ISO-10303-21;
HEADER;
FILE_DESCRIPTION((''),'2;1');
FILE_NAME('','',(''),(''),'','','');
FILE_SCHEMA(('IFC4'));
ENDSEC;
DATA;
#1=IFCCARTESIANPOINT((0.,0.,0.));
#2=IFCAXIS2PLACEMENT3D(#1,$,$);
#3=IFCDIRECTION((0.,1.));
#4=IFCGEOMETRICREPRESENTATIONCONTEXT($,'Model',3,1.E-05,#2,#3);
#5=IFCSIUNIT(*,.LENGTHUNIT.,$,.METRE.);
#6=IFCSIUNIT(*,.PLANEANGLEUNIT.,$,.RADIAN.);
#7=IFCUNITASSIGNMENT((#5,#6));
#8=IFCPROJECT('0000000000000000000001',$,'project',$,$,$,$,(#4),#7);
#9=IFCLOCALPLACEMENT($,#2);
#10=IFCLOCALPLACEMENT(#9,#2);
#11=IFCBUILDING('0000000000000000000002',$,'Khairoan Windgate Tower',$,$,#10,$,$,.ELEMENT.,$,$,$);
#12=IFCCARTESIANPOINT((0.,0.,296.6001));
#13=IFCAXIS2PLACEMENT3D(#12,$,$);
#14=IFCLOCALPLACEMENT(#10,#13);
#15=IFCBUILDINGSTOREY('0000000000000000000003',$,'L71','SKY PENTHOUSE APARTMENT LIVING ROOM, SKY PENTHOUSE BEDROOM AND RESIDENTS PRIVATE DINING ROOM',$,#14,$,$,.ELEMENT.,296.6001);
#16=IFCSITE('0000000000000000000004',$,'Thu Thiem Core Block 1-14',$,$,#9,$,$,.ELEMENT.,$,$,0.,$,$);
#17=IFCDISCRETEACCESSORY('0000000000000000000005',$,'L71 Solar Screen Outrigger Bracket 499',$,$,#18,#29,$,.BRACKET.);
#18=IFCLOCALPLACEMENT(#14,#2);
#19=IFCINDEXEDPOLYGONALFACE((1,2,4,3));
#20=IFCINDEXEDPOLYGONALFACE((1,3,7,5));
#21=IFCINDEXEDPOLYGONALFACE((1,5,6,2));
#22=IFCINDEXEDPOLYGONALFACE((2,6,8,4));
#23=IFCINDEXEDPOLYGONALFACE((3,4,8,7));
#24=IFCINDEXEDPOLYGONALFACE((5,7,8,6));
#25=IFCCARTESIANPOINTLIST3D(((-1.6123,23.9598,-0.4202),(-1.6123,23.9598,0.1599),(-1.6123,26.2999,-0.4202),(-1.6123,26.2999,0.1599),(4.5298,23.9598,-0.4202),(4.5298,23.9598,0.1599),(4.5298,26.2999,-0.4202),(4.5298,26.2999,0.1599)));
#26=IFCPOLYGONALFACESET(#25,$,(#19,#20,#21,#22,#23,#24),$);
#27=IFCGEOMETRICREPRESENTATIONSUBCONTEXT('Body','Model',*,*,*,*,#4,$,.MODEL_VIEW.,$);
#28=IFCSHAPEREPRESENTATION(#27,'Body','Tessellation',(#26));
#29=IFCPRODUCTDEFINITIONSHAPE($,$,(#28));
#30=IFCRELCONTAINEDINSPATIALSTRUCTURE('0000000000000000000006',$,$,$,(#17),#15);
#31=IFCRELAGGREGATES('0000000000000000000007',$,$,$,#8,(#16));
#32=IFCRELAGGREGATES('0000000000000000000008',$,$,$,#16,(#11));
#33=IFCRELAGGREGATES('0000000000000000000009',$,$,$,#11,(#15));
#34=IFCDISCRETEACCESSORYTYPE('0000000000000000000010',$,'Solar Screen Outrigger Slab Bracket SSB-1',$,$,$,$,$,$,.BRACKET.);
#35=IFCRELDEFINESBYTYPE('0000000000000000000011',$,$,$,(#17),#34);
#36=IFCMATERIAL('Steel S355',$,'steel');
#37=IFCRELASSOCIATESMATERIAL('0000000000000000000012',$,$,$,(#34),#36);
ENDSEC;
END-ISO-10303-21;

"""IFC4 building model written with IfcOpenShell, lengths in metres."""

from ifc_helpers import new_model, si_unit, direction, frame, origin, origin_2d, place, context, subcontext, project, spatial, rectangle, extrude, material, type_object, element, save


model = new_model("IFC4")

# Units and contexts
model_context = context("Model", 3, precision=1e-05, world=origin(), true_north=direction((0.0, 1.0)))
body_context = subcontext(model_context, "Body", "Model", "MODEL_VIEW")
ifc_project = project(units=[si_unit("LENGTHUNIT", "METRE"), si_unit("PLANEANGLEUNIT", "RADIAN")], contexts=[model_context])

# Site, building, storey
site_placement = place(None, origin())
site = spatial("IfcSite", under=ifc_project, at=site_placement, Name="Thu Thiem Core Block 1-14", CompositionType="ELEMENT", RefElevation=0.0)
building_placement = place(site_placement, origin())
building = spatial("IfcBuilding", under=site, at=building_placement, Name="Khairoan Windgate Tower", CompositionType="ELEMENT")
storey_placement = place(building_placement, frame((0.0, 0.0, 296.6001)))
storey = spatial("IfcBuildingStorey", under=building, at=storey_placement, Name="L71", Description="SKY PENTHOUSE APARTMENT LIVING ROOM, SKY PENTHOUSE BEDROOM AND RESIDENTS PRIVATE DINING ROOM", CompositionType="ELEMENT", Elevation=296.6001)

# Discrete accessory
ifc_material_1 = material(Name="Steel S355", Category="steel")
discrete_accessory_type = type_object("IfcDiscreteAccessoryType", Name="Solar Screen Outrigger Slab Bracket SSB-1", PredefinedType="BRACKET", material=ifc_material_1)
discrete_accessory_placement = place(storey_placement, frame((1.4587, 25.1299, -0.4202), z_axis=(0.0, 0.0, 1.0), x_axis=(1.0, 0.0, 0.0)))
element("IfcDiscreteAccessory", 1, at=discrete_accessory_placement, inside=storey, type_object=discrete_accessory_type, Name="L71 Solar Screen Outrigger Bracket 499", PredefinedType="BRACKET", context=body_context, shape_type="SweptSolid", body=[
    extrude(rectangle(XDim=6.1421, YDim=2.3401, at=origin_2d()), origin(), (0.0, 0.0, 1.0), 0.5801),
])

save(model, "model.ifc")
